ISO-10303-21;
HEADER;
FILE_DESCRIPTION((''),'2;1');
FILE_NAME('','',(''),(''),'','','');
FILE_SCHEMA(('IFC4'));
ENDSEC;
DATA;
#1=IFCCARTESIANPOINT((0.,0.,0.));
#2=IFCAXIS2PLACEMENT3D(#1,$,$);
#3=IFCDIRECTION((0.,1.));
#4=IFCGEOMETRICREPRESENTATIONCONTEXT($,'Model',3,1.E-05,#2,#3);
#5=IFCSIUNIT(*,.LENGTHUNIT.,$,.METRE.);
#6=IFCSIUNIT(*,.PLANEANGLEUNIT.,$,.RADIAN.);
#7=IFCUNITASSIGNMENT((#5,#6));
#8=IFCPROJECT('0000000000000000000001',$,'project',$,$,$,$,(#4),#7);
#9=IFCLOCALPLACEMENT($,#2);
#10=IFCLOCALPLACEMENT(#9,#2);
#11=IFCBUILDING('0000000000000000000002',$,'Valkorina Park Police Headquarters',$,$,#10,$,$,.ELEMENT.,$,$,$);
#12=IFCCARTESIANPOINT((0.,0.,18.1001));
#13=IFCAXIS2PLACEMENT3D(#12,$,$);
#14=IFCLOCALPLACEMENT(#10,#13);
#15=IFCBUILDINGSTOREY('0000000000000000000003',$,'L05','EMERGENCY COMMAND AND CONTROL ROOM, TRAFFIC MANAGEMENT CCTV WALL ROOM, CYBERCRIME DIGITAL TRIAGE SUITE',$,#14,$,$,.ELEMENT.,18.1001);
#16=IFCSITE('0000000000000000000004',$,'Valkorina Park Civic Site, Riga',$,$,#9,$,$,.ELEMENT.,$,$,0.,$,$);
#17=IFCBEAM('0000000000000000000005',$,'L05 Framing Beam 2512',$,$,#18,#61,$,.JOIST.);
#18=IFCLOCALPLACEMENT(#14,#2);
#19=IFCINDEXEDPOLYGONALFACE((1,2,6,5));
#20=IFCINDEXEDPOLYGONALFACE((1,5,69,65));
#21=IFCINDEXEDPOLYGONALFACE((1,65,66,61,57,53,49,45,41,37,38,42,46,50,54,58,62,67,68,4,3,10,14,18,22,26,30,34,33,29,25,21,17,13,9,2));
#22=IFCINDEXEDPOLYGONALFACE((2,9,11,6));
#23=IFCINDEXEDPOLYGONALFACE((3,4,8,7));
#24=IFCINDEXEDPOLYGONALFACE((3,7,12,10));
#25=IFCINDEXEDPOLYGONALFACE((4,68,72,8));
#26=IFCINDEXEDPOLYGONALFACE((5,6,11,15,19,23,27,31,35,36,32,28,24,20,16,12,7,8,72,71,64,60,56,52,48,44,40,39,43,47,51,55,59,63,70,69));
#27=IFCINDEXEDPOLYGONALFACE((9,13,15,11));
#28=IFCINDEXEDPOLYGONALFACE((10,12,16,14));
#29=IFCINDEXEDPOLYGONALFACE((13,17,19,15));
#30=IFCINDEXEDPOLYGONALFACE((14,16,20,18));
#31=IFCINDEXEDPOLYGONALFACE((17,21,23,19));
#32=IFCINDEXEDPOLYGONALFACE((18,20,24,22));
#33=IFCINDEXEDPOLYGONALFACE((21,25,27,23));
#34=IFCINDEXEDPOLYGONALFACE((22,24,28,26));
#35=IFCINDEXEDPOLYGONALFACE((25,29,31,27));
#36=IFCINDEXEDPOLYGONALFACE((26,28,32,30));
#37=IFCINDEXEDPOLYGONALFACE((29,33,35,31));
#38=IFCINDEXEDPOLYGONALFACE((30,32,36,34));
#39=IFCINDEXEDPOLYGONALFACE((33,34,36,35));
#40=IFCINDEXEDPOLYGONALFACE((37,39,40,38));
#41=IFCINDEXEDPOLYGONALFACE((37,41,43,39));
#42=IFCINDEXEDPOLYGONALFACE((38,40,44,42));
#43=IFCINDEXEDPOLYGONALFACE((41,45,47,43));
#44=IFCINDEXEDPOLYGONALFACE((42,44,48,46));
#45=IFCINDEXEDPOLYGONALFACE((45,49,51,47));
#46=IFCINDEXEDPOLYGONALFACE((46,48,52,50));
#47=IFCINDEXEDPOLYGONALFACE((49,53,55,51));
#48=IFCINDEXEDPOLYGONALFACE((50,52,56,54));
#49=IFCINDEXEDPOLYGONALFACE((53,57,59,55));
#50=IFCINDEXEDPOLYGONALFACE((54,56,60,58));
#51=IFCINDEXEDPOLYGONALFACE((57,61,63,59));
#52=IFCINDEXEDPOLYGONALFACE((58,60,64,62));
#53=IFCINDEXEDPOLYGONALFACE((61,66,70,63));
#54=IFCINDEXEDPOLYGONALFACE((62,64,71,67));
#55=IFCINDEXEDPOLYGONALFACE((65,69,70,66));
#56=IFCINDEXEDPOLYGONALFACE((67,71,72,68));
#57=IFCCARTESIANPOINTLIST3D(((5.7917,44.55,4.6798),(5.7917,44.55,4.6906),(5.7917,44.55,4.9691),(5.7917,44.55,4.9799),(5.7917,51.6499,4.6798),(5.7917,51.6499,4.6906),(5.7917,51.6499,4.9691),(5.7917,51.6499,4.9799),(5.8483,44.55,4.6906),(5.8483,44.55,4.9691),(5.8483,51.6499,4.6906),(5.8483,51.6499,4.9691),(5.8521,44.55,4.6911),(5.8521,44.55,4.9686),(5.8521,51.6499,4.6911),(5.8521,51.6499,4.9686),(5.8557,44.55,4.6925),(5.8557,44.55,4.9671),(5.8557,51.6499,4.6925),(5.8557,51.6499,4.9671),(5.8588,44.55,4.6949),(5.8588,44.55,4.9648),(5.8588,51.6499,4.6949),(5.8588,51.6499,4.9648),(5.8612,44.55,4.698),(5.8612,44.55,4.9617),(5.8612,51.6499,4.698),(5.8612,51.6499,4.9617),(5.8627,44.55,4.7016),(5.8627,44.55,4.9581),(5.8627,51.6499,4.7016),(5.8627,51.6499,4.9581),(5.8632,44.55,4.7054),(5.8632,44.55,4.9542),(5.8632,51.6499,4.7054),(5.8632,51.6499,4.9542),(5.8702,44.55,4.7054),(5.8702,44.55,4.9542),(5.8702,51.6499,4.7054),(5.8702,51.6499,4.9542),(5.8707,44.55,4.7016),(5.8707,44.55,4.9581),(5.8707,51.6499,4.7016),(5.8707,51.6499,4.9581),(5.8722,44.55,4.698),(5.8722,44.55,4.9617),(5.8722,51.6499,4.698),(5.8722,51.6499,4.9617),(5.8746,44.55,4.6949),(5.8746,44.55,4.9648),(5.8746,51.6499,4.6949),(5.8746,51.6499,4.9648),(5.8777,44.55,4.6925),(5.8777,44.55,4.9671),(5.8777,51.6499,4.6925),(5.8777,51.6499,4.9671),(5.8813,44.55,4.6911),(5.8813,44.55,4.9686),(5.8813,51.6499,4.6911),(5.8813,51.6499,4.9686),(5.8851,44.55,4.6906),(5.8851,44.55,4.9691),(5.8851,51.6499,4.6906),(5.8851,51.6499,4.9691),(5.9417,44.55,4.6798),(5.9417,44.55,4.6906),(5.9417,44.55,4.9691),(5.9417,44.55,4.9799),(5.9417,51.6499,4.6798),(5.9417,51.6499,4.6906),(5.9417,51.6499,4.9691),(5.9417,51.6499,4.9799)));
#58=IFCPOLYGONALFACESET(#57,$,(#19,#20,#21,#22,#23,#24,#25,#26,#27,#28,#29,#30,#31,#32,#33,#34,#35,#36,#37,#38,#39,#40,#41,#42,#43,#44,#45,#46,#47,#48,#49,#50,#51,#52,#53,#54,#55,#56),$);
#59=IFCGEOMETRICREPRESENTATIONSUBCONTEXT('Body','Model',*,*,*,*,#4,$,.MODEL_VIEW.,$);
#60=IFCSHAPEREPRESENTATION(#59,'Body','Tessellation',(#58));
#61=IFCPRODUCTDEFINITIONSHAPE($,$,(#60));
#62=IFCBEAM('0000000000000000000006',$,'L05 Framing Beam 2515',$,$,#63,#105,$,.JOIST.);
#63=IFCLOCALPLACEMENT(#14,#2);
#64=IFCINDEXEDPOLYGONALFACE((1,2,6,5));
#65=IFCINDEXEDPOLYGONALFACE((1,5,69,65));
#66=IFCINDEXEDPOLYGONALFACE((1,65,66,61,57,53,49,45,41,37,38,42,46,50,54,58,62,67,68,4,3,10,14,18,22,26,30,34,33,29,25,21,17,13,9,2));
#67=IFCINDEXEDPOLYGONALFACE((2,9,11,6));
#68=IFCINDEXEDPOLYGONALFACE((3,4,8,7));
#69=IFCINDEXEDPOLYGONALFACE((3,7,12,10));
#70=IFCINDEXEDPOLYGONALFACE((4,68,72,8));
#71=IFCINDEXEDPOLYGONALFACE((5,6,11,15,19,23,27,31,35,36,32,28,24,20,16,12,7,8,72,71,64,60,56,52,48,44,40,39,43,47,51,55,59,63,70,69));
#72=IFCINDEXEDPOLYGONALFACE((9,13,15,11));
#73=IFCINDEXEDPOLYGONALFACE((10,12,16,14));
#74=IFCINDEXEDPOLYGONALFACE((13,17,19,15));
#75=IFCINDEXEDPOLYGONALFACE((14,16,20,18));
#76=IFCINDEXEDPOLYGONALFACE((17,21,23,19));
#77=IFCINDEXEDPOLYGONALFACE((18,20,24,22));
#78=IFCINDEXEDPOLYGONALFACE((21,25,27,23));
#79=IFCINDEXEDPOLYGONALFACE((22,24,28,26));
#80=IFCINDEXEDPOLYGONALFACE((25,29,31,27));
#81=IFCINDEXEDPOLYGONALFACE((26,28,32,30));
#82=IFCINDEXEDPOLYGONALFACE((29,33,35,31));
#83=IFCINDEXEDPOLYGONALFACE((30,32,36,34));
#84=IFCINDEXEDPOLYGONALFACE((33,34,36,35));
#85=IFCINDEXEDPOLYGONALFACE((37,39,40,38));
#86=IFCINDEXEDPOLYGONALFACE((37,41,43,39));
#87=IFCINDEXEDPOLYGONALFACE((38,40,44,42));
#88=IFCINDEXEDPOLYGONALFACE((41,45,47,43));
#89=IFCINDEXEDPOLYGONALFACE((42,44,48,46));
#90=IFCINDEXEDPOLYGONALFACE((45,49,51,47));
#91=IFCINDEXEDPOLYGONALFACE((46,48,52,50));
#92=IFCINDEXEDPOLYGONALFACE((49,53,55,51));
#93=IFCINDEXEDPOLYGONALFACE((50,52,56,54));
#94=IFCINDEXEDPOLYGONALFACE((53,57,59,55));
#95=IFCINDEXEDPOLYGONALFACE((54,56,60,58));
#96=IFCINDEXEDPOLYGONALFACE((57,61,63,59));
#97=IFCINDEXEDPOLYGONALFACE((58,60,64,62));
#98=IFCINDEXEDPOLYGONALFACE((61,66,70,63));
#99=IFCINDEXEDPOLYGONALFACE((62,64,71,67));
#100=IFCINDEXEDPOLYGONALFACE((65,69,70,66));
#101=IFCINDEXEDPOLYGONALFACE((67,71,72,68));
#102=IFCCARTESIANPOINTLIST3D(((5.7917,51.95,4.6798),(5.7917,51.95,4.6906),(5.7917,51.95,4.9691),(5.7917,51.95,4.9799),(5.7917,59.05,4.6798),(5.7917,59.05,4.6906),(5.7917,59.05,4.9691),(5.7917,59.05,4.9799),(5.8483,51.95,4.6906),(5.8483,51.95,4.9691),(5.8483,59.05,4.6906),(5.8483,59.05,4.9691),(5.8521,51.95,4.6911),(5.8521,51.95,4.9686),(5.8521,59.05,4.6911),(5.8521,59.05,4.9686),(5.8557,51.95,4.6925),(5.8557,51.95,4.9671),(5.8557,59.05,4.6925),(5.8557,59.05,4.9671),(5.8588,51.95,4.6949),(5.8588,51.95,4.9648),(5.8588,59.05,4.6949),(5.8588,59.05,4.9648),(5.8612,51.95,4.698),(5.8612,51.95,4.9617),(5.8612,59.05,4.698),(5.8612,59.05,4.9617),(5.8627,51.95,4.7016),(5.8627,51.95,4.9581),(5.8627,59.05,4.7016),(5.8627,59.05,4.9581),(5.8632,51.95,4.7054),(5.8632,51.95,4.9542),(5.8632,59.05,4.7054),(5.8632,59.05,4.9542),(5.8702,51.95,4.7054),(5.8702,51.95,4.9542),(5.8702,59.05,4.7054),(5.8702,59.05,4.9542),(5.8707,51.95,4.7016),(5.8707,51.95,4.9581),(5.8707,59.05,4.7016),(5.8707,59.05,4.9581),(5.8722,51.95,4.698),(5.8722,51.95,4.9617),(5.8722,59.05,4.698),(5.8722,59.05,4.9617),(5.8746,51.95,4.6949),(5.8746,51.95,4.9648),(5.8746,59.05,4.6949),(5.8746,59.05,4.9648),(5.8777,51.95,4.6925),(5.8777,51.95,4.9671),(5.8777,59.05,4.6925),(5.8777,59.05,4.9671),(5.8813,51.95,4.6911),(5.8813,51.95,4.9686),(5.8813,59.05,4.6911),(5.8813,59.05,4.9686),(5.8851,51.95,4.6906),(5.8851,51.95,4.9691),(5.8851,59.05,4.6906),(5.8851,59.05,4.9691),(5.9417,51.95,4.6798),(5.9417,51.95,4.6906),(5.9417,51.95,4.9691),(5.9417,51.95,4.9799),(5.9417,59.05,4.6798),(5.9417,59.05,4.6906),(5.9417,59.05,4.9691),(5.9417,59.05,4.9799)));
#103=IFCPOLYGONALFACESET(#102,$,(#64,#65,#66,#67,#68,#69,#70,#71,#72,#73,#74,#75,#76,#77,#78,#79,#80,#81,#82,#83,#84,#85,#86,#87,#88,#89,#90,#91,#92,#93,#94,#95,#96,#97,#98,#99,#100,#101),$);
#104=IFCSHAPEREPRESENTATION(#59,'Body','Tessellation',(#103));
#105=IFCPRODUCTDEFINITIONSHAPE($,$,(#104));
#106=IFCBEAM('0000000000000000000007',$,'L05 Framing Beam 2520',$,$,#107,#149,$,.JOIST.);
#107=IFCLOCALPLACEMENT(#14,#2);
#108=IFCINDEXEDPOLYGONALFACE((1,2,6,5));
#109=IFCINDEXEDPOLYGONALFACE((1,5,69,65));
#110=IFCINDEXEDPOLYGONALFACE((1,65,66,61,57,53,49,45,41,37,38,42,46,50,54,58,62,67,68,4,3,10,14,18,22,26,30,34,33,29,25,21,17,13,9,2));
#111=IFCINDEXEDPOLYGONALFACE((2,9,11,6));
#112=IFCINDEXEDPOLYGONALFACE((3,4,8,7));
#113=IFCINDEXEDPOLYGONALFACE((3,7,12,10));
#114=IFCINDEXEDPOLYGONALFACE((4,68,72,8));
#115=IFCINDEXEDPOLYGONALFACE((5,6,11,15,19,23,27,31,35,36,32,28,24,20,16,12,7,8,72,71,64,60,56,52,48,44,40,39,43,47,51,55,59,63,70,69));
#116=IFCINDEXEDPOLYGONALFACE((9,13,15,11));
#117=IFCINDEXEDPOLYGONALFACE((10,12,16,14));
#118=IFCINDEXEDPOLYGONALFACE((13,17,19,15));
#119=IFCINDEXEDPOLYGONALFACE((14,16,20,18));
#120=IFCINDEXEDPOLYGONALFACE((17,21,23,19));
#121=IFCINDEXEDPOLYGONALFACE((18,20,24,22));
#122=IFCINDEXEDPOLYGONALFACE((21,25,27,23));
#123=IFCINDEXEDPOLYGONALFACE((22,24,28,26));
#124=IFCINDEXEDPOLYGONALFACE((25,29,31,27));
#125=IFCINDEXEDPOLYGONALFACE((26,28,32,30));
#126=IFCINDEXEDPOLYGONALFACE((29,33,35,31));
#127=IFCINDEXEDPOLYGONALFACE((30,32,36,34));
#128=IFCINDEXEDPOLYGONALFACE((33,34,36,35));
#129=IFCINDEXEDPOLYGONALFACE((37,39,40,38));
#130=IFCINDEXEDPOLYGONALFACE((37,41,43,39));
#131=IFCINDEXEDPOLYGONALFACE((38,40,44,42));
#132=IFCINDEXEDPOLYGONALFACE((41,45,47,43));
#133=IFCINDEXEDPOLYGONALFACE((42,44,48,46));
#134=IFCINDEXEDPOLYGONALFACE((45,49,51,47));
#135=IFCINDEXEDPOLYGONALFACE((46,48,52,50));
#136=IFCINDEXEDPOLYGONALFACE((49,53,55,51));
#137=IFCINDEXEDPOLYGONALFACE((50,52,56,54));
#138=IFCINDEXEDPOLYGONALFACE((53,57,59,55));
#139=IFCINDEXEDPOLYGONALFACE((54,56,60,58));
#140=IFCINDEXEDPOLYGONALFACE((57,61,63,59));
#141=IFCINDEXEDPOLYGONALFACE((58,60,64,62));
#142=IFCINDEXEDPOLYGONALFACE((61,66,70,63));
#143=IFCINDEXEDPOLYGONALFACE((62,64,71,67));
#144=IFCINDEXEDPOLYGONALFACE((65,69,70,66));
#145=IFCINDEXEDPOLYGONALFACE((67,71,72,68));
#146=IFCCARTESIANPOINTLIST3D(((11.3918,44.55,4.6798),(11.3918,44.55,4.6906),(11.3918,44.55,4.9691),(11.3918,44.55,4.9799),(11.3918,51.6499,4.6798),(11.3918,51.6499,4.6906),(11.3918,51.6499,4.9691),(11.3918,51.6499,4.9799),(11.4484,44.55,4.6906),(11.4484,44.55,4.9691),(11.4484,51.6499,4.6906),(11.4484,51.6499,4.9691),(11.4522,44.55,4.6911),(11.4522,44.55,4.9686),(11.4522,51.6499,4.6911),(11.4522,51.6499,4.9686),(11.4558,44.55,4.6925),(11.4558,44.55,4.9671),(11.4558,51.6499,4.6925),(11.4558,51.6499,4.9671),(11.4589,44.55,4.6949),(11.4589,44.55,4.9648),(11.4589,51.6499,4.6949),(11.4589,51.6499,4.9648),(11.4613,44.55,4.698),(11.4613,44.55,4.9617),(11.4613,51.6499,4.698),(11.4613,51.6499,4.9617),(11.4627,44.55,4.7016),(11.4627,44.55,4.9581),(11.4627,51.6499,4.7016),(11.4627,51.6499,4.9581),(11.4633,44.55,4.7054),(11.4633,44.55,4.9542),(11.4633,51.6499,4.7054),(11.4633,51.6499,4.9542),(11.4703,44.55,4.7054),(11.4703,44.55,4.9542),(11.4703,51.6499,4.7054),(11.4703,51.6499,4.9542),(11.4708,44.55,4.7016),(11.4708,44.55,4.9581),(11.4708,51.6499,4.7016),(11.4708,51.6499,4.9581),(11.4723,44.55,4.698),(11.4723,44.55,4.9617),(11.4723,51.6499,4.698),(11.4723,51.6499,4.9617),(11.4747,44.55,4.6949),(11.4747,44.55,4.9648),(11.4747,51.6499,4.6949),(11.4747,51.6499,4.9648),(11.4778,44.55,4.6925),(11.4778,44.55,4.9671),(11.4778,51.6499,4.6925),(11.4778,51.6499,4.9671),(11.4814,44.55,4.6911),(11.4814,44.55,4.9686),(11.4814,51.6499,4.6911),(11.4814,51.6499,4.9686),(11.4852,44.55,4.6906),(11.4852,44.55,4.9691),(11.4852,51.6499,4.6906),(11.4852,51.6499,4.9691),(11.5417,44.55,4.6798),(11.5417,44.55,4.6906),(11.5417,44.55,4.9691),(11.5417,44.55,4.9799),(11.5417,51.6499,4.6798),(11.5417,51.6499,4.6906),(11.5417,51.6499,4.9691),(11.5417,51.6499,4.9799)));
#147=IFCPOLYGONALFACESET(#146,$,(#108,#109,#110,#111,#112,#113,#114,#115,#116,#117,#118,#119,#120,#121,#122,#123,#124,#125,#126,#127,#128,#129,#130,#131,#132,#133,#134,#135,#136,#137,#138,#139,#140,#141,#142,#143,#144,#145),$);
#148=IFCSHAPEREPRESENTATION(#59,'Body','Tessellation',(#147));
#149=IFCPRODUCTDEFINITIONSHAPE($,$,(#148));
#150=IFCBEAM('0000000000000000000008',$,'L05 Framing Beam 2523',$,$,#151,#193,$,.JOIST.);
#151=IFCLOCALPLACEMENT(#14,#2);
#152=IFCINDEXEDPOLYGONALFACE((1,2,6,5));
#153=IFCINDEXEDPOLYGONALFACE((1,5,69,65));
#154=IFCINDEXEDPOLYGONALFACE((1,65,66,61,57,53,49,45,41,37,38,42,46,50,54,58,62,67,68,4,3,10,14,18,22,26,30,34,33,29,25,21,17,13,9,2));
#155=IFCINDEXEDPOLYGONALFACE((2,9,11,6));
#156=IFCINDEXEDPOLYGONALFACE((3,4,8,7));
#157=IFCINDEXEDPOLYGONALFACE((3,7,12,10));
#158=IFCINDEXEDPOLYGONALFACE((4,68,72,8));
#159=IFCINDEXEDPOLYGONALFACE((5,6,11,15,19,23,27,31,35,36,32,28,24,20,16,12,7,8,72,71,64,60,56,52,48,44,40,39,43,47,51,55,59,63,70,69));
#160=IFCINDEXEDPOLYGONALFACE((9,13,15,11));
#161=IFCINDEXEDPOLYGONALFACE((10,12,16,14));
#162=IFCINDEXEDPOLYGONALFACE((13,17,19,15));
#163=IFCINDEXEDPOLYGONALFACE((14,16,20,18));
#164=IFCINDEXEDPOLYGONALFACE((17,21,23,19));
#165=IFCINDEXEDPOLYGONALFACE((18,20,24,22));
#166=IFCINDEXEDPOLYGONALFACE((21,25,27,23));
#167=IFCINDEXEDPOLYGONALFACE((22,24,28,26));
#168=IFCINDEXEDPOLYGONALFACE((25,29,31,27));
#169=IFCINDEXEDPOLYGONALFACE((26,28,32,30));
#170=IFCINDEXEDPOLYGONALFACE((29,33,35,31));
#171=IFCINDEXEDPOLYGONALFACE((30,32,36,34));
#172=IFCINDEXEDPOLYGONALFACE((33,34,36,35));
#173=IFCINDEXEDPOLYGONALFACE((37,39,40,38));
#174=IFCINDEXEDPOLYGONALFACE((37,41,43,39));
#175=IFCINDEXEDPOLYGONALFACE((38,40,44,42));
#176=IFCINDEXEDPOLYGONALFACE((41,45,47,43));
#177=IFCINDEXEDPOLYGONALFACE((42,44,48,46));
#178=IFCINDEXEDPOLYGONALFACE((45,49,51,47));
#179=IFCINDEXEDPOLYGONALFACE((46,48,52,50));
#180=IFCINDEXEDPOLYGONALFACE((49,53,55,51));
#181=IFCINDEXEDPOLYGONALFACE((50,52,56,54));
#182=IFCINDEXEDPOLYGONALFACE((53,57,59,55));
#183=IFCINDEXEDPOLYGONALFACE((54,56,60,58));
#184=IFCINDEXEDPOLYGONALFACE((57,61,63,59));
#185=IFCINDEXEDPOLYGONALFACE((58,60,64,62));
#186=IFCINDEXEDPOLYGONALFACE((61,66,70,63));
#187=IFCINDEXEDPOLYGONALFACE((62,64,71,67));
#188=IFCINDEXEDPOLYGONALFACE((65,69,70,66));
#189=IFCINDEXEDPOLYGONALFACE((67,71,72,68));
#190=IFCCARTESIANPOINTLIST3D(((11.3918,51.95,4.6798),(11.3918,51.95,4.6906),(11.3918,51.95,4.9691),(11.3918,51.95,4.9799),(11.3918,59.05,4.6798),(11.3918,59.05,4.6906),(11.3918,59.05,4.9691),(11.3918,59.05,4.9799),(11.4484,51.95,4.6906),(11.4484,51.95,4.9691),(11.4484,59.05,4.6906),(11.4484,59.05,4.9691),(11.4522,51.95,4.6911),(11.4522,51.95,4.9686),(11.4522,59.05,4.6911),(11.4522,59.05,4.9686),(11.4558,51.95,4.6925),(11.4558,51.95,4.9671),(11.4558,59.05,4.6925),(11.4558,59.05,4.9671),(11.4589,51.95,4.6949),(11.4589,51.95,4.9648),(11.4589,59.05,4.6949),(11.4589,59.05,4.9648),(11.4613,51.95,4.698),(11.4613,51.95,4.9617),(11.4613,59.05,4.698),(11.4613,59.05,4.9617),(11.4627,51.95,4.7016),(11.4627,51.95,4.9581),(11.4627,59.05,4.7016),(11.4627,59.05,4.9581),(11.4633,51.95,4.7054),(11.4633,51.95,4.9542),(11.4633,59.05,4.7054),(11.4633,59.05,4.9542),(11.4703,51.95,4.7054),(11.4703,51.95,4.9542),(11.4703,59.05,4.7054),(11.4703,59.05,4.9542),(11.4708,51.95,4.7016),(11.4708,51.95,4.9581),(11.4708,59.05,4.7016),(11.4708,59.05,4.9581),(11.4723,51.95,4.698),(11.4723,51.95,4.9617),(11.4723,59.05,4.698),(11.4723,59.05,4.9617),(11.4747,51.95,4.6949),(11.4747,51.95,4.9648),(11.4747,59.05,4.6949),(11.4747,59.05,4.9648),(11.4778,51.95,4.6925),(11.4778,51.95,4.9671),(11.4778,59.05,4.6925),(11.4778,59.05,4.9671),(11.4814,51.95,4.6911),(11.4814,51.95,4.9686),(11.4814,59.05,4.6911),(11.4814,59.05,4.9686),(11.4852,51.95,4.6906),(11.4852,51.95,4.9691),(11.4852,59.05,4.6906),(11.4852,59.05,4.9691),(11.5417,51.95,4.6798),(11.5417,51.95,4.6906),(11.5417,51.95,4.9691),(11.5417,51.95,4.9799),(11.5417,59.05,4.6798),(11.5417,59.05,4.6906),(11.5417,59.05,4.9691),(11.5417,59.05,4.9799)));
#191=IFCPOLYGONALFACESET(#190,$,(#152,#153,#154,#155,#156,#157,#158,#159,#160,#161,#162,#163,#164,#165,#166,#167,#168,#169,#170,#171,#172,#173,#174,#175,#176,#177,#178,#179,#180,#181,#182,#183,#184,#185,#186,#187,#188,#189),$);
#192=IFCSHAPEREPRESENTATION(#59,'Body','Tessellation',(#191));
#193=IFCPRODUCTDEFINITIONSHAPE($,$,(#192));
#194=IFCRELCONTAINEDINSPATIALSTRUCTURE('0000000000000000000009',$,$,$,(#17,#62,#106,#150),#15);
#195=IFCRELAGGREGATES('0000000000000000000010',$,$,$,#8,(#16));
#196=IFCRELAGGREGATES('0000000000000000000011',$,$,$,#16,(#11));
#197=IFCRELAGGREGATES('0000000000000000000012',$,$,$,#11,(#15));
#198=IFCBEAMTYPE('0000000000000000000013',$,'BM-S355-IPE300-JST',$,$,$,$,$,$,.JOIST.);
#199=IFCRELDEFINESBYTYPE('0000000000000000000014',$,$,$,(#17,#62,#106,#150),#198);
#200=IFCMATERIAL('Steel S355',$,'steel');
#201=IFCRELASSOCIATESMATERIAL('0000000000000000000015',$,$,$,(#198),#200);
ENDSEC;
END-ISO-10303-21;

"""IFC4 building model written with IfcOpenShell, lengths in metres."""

from ifc_helpers import new_model, si_unit, direction, frame, origin, origin_2d, place, context, subcontext, project, spatial, i_section, extrude, material, material_profile, profile_set, type_object, element, save


model = new_model("IFC4")

# Units and contexts
model_context = context("Model", 3, precision=1e-05, world=origin(), true_north=direction((0.0, 1.0)))
body_context = subcontext(model_context, "Body", "Model", "MODEL_VIEW")
ifc_project = project(units=[si_unit("LENGTHUNIT", "METRE"), si_unit("PLANEANGLEUNIT", "RADIAN")], contexts=[model_context])

# Site, building, storey
site_placement = place(None, origin())
site = spatial("IfcSite", under=ifc_project, at=site_placement, Name="Valkorina Park Civic Site, Riga", CompositionType="ELEMENT", RefElevation=0.0)
building_placement = place(site_placement, origin())
building = spatial("IfcBuilding", under=site, at=building_placement, Name="Valkorina Park Police Headquarters", CompositionType="ELEMENT")
storey_placement = place(building_placement, frame((0.0, 0.0, 18.1001)))
storey = spatial("IfcBuildingStorey", under=building, at=storey_placement, Name="L05", Description="EMERGENCY COMMAND AND CONTROL ROOM, TRAFFIC MANAGEMENT CCTV WALL ROOM, CYBERCRIME DIGITAL TRIAGE SUITE", CompositionType="ELEMENT", Elevation=18.1001)

# Shared definitions
ifc_material_1 = material(Name="Steel S355", Category="steel")

# Beams
ifc_material_profile_1 = material_profile(ifc_material_1, i_section(OverallWidth=0.1499, OverallDepth=0.3, WebThickness=0.0071, FlangeThickness=0.0107, FilletRadius=0.0149, at=origin_2d()), Name="IPE 300")
ifc_profile_set_1 = profile_set([ifc_material_profile_1], Name="Steel S355")
beam_type_1 = type_object("IfcBeamType", Name="BM-S355-IPE300-JST", PredefinedType="JOIST", material=ifc_profile_set_1)
beam_1_placement = place(storey_placement, frame((5.8667, 44.55, 4.8298), z_axis=(0.0, 1.0, 0.0), x_axis=(-1.0, 0.0, 0.0)))
element("IfcBeam", 1, at=beam_1_placement, inside=storey, type_object=beam_type_1, Name="L05 Framing Beam 2512", PredefinedType="JOIST", context=body_context, shape_type="SweptSolid", body=[
    extrude(i_section(OverallWidth=0.1499, OverallDepth=0.3, WebThickness=0.0071, FlangeThickness=0.0107, FilletRadius=0.0149, at=origin_2d()), origin(), (0.0, 0.0, 1.0), 7.0999),
])
beam_2_placement = place(storey_placement, frame((5.8667, 51.95, 4.8298), z_axis=(0.0, 1.0, 0.0), x_axis=(-1.0, 0.0, 0.0)))
element("IfcBeam", 2, at=beam_2_placement, inside=storey, type_object=beam_type_1, Name="L05 Framing Beam 2515", PredefinedType="JOIST", context=body_context, shape_type="SweptSolid", body=[
    extrude(i_section(OverallWidth=0.1499, OverallDepth=0.3, WebThickness=0.0071, FlangeThickness=0.0107, FilletRadius=0.0149, at=origin_2d()), origin(), (0.0, 0.0, 1.0), 7.1001),
])
beam_3_placement = place(storey_placement, frame((11.4668, 44.55, 4.8298), z_axis=(0.0, 1.0, 0.0), x_axis=(-1.0, 0.0, 0.0)))
element("IfcBeam", 3, at=beam_3_placement, inside=storey, type_object=beam_type_1, Name="L05 Framing Beam 2520", PredefinedType="JOIST", context=body_context, shape_type="SweptSolid", body=[
    extrude(i_section(OverallWidth=0.1499, OverallDepth=0.3, WebThickness=0.0071, FlangeThickness=0.0107, FilletRadius=0.0149, at=origin_2d()), origin(), (0.0, 0.0, 1.0), 7.0999),
])
beam_4_placement = place(storey_placement, frame((11.4668, 51.95, 4.8298), z_axis=(0.0, 1.0, 0.0), x_axis=(-1.0, 0.0, 0.0)))
element("IfcBeam", 4, at=beam_4_placement, inside=storey, type_object=beam_type_1, Name="L05 Framing Beam 2523", PredefinedType="JOIST", context=body_context, shape_type="SweptSolid", body=[
    extrude(i_section(OverallWidth=0.1499, OverallDepth=0.3, WebThickness=0.0071, FlangeThickness=0.0107, FilletRadius=0.0149, at=origin_2d()), origin(), (0.0, 0.0, 1.0), 7.1001),
])

save(model, "model.ifc")
